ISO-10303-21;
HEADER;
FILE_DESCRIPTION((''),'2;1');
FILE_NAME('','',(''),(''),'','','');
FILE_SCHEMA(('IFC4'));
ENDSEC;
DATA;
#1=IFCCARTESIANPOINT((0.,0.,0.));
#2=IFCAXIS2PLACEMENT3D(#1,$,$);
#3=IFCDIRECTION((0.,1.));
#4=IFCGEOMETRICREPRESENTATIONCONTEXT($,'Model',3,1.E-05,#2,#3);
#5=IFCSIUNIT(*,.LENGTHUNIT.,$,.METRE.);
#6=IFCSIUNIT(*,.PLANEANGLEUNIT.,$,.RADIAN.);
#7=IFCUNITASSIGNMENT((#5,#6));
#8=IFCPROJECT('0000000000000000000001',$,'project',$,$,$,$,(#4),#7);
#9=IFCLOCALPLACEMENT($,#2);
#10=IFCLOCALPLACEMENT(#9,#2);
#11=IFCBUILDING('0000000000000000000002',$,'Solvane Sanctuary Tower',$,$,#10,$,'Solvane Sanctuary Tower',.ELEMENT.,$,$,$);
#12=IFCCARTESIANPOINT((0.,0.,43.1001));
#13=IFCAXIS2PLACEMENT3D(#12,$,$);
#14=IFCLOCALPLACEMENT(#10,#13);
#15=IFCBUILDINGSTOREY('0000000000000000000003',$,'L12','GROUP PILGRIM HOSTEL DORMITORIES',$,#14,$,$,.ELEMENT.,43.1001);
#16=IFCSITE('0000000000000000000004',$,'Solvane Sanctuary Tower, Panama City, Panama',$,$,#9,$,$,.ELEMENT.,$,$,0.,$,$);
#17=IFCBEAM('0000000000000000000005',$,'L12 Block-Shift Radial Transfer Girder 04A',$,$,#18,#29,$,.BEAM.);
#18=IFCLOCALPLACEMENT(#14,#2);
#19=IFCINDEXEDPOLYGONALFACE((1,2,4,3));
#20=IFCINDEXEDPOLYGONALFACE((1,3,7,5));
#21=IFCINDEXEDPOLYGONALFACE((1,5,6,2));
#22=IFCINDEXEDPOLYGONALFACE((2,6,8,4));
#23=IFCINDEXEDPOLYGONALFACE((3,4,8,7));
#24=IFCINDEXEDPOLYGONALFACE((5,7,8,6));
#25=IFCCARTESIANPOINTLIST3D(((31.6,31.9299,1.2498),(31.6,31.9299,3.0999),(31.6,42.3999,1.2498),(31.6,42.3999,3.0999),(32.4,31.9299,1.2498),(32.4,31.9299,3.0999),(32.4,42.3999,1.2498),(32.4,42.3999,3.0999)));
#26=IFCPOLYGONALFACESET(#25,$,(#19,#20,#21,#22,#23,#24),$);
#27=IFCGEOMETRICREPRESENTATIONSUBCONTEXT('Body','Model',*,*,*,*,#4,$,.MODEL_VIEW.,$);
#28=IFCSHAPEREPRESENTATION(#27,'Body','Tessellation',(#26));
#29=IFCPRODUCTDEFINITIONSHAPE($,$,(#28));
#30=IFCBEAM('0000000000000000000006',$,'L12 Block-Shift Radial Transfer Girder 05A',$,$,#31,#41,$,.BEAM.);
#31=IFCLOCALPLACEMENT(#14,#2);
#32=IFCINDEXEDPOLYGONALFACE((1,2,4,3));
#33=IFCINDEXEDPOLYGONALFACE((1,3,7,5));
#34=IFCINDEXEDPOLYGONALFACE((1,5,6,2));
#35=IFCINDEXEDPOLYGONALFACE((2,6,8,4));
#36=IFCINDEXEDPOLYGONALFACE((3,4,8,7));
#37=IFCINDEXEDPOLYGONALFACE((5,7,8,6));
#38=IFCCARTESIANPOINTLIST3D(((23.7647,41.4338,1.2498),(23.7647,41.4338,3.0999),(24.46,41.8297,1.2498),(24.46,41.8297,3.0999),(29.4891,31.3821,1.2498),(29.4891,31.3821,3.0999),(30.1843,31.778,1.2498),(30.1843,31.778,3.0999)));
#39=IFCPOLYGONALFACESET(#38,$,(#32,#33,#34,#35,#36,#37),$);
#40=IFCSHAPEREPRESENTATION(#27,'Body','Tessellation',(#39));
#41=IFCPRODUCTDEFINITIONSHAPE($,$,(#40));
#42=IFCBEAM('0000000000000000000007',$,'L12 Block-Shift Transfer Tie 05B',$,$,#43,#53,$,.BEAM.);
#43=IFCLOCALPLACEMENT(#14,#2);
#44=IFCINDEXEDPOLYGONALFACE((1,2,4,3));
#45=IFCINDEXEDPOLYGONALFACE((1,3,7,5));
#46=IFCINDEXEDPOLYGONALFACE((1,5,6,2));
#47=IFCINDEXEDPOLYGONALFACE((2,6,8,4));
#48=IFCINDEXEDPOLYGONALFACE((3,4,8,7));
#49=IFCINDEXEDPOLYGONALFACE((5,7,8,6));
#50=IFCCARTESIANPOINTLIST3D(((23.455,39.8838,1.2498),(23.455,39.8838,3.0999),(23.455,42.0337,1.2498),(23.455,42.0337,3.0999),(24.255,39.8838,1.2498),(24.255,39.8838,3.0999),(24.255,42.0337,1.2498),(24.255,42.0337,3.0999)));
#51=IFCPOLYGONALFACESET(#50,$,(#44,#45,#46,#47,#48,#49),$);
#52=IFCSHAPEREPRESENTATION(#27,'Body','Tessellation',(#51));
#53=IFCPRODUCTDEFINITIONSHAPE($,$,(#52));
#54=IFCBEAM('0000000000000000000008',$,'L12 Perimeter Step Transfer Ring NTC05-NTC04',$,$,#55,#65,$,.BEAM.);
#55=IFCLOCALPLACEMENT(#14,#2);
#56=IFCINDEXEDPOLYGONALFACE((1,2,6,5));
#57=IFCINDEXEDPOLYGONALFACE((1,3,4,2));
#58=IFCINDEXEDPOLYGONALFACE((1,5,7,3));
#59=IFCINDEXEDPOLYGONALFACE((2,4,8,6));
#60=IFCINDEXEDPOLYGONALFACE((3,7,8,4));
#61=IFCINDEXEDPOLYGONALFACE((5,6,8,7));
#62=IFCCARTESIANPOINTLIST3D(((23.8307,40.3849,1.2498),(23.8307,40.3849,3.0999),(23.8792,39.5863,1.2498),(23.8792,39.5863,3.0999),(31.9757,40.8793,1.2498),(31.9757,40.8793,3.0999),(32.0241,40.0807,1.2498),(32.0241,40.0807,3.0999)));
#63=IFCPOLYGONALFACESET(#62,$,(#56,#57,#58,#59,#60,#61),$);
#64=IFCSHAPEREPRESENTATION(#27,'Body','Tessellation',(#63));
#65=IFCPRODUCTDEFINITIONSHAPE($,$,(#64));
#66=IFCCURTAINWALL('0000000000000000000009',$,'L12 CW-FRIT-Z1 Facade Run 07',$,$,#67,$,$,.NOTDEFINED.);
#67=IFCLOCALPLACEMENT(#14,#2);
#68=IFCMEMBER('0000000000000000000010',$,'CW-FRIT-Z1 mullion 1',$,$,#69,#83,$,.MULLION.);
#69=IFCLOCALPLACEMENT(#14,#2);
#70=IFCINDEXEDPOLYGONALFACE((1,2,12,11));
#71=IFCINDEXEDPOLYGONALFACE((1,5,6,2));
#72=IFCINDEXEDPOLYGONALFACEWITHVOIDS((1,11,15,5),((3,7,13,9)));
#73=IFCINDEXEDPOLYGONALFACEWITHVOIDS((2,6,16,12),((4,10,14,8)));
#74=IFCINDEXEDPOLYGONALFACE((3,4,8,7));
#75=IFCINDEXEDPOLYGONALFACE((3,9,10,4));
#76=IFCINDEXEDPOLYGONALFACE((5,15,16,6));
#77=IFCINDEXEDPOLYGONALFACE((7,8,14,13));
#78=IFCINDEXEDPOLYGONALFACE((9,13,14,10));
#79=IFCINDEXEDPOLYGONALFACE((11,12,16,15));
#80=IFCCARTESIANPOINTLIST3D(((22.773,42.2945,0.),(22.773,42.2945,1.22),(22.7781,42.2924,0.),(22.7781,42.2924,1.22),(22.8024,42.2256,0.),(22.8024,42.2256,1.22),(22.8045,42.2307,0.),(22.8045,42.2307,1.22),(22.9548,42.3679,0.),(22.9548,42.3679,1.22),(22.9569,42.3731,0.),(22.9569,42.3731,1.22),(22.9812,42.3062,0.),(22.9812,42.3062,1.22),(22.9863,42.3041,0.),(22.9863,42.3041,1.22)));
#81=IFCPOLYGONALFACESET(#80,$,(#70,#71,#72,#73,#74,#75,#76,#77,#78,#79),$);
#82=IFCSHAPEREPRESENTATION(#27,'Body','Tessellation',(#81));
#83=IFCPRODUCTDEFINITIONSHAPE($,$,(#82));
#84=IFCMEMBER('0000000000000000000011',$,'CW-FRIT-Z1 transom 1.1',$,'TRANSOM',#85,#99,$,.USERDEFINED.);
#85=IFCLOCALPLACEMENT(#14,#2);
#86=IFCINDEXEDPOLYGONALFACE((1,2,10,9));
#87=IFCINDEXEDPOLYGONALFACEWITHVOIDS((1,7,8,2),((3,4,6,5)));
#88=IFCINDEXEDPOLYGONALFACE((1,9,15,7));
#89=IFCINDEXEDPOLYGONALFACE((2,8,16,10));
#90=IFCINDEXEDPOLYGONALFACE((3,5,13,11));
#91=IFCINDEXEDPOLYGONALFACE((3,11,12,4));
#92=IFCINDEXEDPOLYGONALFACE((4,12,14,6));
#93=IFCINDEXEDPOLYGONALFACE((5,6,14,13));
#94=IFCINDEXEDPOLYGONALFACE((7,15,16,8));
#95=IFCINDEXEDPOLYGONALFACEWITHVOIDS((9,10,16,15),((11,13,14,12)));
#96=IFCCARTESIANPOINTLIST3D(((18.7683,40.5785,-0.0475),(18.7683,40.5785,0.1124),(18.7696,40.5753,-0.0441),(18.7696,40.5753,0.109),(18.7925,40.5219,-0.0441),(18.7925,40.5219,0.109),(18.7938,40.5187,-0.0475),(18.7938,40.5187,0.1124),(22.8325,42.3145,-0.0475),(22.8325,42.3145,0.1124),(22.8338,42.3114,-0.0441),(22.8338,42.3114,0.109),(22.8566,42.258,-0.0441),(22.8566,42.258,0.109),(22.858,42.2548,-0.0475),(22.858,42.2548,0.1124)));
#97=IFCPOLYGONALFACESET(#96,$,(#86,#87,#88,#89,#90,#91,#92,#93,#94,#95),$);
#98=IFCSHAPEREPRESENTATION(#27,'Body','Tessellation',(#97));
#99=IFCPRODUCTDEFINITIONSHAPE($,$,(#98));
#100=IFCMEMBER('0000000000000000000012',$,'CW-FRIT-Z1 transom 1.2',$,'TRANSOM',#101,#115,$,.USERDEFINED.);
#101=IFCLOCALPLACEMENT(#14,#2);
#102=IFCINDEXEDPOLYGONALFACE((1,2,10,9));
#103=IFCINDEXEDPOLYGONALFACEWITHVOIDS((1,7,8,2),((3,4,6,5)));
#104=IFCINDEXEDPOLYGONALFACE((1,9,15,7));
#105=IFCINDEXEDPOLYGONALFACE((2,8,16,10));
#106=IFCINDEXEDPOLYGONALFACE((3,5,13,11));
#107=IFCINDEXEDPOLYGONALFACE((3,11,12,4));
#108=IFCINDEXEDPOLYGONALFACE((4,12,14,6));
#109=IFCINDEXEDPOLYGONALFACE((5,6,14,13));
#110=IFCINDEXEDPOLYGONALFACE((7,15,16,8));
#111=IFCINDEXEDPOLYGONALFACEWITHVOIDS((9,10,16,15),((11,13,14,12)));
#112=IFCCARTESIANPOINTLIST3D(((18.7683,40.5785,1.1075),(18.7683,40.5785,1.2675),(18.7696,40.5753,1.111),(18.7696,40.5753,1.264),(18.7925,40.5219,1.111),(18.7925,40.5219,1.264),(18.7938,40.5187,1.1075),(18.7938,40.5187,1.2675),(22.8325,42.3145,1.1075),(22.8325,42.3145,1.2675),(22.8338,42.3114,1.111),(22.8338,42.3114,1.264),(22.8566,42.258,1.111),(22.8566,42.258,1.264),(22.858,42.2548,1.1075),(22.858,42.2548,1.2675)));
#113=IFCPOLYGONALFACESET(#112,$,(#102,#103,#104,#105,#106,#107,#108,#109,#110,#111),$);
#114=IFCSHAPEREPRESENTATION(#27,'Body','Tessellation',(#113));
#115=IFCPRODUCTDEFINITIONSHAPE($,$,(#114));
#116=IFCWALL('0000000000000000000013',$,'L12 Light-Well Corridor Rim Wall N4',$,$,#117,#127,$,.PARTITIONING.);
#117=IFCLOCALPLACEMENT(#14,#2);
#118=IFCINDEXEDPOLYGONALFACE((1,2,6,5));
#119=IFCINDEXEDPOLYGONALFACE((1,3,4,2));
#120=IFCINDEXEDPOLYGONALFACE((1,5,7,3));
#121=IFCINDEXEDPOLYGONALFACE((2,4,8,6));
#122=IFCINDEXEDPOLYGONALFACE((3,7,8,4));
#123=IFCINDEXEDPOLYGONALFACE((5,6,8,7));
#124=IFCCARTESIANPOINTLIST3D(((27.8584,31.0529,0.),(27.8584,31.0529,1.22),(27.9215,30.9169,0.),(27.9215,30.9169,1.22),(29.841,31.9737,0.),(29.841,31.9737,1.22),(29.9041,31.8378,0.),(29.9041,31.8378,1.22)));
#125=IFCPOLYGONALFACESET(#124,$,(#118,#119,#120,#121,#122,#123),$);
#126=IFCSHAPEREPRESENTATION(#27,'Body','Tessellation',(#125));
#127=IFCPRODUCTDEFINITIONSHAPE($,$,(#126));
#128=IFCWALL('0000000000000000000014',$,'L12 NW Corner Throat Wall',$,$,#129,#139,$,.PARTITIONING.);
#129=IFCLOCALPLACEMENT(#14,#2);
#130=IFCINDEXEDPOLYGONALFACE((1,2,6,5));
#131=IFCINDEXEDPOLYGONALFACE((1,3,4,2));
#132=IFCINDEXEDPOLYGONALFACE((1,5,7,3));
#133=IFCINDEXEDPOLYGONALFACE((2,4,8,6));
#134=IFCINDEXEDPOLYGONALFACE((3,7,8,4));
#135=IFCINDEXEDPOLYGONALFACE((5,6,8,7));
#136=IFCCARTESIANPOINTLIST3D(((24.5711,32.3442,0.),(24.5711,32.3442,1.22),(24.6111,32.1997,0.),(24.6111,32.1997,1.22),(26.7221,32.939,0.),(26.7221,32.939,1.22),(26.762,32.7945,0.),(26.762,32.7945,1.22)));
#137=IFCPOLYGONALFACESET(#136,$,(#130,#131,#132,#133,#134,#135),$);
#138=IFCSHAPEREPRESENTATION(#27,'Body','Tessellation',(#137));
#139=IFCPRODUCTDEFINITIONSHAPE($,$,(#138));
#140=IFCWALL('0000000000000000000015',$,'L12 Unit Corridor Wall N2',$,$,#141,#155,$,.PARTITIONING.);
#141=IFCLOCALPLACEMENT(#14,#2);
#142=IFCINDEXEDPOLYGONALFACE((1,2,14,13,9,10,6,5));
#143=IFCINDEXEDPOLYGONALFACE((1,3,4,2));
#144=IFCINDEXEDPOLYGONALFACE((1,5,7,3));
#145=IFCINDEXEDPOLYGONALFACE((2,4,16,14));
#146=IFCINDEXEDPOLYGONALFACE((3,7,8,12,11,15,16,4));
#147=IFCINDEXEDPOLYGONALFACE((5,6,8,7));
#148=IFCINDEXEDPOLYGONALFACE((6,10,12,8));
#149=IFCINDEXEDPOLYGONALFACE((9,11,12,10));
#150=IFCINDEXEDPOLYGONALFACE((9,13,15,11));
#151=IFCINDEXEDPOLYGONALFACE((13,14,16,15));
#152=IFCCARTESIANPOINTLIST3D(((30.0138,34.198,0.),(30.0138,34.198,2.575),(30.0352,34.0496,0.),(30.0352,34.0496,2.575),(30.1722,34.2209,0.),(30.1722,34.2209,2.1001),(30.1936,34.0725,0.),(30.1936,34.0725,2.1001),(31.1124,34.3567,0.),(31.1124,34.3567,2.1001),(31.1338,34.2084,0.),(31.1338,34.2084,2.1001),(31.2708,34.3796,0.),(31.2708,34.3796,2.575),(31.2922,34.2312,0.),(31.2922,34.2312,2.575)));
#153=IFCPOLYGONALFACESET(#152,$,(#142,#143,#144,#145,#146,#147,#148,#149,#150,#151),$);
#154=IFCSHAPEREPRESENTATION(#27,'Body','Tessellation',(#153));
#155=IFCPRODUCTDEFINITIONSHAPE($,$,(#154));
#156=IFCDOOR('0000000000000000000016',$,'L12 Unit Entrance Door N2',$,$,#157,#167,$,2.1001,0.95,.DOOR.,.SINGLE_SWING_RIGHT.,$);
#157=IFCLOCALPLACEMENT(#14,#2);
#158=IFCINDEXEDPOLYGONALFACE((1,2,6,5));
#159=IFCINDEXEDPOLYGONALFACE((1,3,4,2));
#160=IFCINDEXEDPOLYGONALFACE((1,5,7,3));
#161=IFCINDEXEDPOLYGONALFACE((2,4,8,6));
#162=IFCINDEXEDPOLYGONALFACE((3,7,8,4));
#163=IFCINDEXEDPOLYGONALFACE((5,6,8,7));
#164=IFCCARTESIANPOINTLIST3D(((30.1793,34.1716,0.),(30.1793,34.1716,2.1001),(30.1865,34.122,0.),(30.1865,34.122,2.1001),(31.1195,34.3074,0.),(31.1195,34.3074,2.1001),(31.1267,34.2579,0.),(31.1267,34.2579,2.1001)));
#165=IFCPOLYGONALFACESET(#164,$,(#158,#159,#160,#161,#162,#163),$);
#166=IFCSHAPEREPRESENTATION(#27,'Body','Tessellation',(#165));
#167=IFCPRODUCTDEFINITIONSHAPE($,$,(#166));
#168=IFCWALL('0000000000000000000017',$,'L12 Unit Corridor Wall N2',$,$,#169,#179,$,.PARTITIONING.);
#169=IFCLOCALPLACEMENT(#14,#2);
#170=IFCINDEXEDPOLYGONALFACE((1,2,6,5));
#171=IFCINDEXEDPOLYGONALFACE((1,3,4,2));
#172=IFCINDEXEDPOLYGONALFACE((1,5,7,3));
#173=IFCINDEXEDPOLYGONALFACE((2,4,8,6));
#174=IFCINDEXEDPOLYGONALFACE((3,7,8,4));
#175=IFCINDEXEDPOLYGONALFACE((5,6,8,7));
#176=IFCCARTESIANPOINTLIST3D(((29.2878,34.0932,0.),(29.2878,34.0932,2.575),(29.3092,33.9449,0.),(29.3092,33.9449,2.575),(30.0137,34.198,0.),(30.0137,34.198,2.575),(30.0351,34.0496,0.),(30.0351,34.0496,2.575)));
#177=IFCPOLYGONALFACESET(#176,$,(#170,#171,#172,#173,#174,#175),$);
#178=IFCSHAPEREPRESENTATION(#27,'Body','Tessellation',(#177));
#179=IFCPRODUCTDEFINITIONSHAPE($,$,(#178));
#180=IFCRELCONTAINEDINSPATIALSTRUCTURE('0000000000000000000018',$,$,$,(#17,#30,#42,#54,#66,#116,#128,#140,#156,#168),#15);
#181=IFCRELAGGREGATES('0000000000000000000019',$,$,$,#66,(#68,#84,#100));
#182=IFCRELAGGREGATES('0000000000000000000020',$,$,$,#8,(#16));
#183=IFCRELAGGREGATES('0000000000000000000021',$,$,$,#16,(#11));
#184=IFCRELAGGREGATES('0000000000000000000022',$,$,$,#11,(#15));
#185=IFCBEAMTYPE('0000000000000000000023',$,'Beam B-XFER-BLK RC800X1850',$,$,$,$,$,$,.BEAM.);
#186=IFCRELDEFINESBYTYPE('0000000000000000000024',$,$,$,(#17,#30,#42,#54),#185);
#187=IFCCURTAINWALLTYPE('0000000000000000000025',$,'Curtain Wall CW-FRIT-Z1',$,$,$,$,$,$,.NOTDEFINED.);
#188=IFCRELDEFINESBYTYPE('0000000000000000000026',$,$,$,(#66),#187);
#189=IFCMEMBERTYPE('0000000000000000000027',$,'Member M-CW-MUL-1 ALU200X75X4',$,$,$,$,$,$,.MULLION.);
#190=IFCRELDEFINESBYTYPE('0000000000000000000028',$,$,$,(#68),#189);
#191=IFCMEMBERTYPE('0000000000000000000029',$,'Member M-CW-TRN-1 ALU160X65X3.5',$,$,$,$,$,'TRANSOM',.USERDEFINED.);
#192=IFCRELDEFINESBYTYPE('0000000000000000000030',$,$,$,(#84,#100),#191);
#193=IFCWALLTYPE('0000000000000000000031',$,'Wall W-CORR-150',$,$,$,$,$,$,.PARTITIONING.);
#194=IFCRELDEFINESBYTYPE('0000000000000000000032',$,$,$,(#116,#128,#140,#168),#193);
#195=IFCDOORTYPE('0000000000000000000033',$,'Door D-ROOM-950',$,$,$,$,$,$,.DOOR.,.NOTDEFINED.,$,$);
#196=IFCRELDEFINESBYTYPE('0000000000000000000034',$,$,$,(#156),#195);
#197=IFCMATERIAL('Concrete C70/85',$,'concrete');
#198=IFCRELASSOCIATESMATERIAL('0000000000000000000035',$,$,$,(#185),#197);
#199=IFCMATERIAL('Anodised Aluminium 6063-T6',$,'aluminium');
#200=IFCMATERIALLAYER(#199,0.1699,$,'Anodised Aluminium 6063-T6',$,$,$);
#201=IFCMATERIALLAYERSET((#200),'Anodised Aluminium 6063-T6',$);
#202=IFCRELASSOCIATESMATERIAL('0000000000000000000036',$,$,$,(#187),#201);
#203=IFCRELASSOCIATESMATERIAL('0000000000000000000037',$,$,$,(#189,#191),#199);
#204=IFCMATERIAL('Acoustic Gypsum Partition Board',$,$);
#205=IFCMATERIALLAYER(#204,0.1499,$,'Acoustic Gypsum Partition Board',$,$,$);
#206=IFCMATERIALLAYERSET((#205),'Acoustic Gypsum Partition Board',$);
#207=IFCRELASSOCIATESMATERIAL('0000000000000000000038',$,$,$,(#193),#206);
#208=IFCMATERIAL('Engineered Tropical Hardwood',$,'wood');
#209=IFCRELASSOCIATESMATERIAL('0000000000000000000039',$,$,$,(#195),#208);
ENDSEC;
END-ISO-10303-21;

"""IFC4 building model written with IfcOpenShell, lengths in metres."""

from ifc_helpers import new_model, si_unit, direction, frame, frame_2d, origin, origin_2d, place, context, subcontext, project, spatial, rectangle, hollow_rectangle, extrude, material, layer, layer_set, material_profile, profile_set, type_object, element, fill, aggregate, save


model = new_model("IFC4")

# Units and contexts
model_context = context("Model", 3, precision=1e-05, world=origin(), true_north=direction((0.0, 1.0)))
body_context = subcontext(model_context, "Body", "Model", "MODEL_VIEW")
ifc_project = project(units=[si_unit("LENGTHUNIT", "METRE"), si_unit("PLANEANGLEUNIT", "RADIAN")], contexts=[model_context])

# Site, building, storey
site_placement = place(None, origin())
site = spatial("IfcSite", under=ifc_project, at=site_placement, Name="Solvane Sanctuary Tower, Panama City, Panama", CompositionType="ELEMENT", RefElevation=0.0)
building_placement = place(site_placement, origin())
building = spatial("IfcBuilding", under=site, at=building_placement, Name="Solvane Sanctuary Tower", LongName="Solvane Sanctuary Tower", CompositionType="ELEMENT")
storey_placement = place(building_placement, frame((0.0, 0.0, 43.1001)))
storey = spatial("IfcBuildingStorey", under=building, at=storey_placement, Name="L12", Description="GROUP PILGRIM HOSTEL DORMITORIES", CompositionType="ELEMENT", Elevation=43.1001)

# Shared definitions
ifc_material_1 = material(Name="Concrete C70/85", Category="concrete")

# Beams
ifc_material_profile_1 = material_profile(ifc_material_1, rectangle(XDim=0.8, YDim=1.8501, at=origin_2d()), Name="RC800X1850")
ifc_profile_set_1 = profile_set([ifc_material_profile_1], Name="Concrete C70/85")
beam_type_1 = type_object("IfcBeamType", Name="Beam B-XFER-BLK RC800X1850", PredefinedType="BEAM", material=ifc_profile_set_1)
beam_1_placement = place(storey_placement, frame((32.0, 31.9299, 2.1748), z_axis=(0.0, 1.0, 0.0), x_axis=(-1.0, 0.0, 0.0)))
element("IfcBeam", 1, at=beam_1_placement, inside=storey, type_object=beam_type_1, Name="L12 Block-Shift Radial Transfer Girder 04A", PredefinedType="BEAM", context=body_context, shape_type="SweptSolid", body=[
    extrude(rectangle(XDim=0.8, YDim=1.8501, at=origin_2d()), origin(), (0.0, 0.0, 1.0), 10.47),
])
beam_2_placement = place(storey_placement, frame((29.8367, 31.5801, 2.1748), z_axis=(-0.494868, 0.868968, 0.0), x_axis=(-0.868968, -0.494868, 0.0)))
element("IfcBeam", 2, at=beam_2_placement, inside=storey, type_object=beam_type_1, Name="L12 Block-Shift Radial Transfer Girder 05A", PredefinedType="BEAM", context=body_context, shape_type="SweptSolid", body=[
    extrude(rectangle(XDim=0.8, YDim=1.8501, at=origin_2d()), origin(), (0.0, 0.0, 1.0), 11.5674),
])
beam_3_placement = place(storey_placement, frame((23.855, 42.0337, 2.1748), z_axis=(0.0, -1.0, 0.0), x_axis=(1.0, 0.0, 0.0)))
element("IfcBeam", 3, at=beam_3_placement, inside=storey, type_object=beam_type_1, Name="L12 Block-Shift Transfer Tie 05B", PredefinedType="BEAM", context=body_context, shape_type="SweptSolid", body=[
    extrude(rectangle(XDim=0.8, YDim=1.8501, at=origin_2d()), origin(), (0.0, 0.0, 1.0), 2.1499),
])
beam_4_placement = place(storey_placement, frame((23.855, 39.9856, 2.1748), z_axis=(0.998163, 0.060586, 0.0), x_axis=(-0.060586, 0.998163, 0.0)))
element("IfcBeam", 4, at=beam_4_placement, inside=storey, type_object=beam_type_1, Name="L12 Perimeter Step Transfer Ring NTC05-NTC04", PredefinedType="BEAM", context=body_context, shape_type="SweptSolid", body=[
    extrude(rectangle(XDim=0.8, YDim=1.8501, at=origin_2d()), origin(), (0.0, 0.0, 1.0), 8.1599),
])

# Curtain wall, members
ifc_material_2 = material(Name="Anodised Aluminium 6063-T6", Category="aluminium")
ifc_layer_1 = layer(ifc_material_2, 0.1699, Name="Anodised Aluminium 6063-T6")
ifc_layer_set_1 = layer_set([ifc_layer_1], Name="Anodised Aluminium 6063-T6")
curtain_wall_type = type_object("IfcCurtainWallType", Name="Curtain Wall CW-FRIT-Z1", PredefinedType="NOTDEFINED", material=ifc_layer_set_1)
curtain_wall_placement = place(storey_placement, origin())
curtain_wall = element("IfcCurtainWall", 5, at=curtain_wall_placement, inside=storey, type_object=curtain_wall_type, Name="L12 CW-FRIT-Z1 Facade Run 07", PredefinedType="NOTDEFINED")
ifc_material_profile_2 = material_profile(ifc_material_2, hollow_rectangle(XDim=0.075, YDim=0.2, WallThickness=0.0039, at=origin_2d()), Name="ALU200X75X4")
ifc_profile_set_2 = profile_set([ifc_material_profile_2], Name="Anodised Aluminium 6063-T6")
member_type_1 = type_object("IfcMemberType", Name="Member M-CW-MUL-1 ALU200X75X4", PredefinedType="MULLION", material=ifc_profile_set_2)
member_1_placement = place(storey_placement, frame((22.8796, 42.2993, 0.0), z_axis=(0.0, 0.0, 1.0), x_axis=(0.39282, -0.919615, 0.0)))
member_1 = element("IfcMember", 6, at=member_1_placement, type_object=member_type_1, Name="CW-FRIT-Z1 mullion 1", PredefinedType="MULLION", context=body_context, shape_type="SweptSolid", body=[
    extrude(hollow_rectangle(XDim=0.075, YDim=0.2, WallThickness=0.0039, at=origin_2d()), origin(), (0.0, 0.0, 1.0), 1.22),
])
ifc_material_profile_3 = material_profile(ifc_material_2, hollow_rectangle(XDim=0.0649, YDim=0.1599, WallThickness=0.0034, at=origin_2d()), Name="ALU160X65X3.5")
ifc_profile_set_3 = profile_set([ifc_material_profile_3], Name="Anodised Aluminium 6063-T6")
member_type_2 = type_object("IfcMemberType", Name="Member M-CW-TRN-1 ALU160X65X3.5", ElementType="TRANSOM", PredefinedType="USERDEFINED", material=ifc_profile_set_3)
member_2_placement = place(storey_placement, frame((22.8452, 42.2847, 0.0325), z_axis=(-0.919613, -0.392826, 0.0), x_axis=(0.392826, -0.919613, 0.0)))
member_2 = element("IfcMember", 7, at=member_2_placement, type_object=member_type_2, Name="CW-FRIT-Z1 transom 1.1", ObjectType="TRANSOM", PredefinedType="USERDEFINED", context=body_context, shape_type="SweptSolid", body=[
    extrude(hollow_rectangle(XDim=0.0649, YDim=0.1599, WallThickness=0.0034, at=origin_2d()), origin(), (0.0, 0.0, 1.0), 4.4194),
])
member_3_placement = place(storey_placement, frame((22.8452, 42.2847, 1.1875), z_axis=(-0.919613, -0.392826, 0.0), x_axis=(0.392826, -0.919613, 0.0)))
member_3 = element("IfcMember", 8, at=member_3_placement, type_object=member_type_2, Name="CW-FRIT-Z1 transom 1.2", ObjectType="TRANSOM", PredefinedType="USERDEFINED", context=body_context, shape_type="SweptSolid", body=[
    extrude(hollow_rectangle(XDim=0.0649, YDim=0.1599, WallThickness=0.0034, at=origin_2d()), origin(), (0.0, 0.0, 1.0), 4.4194),
])
aggregate(curtain_wall, [member_1, member_2, member_3])

# Walls
ifc_material_3 = material(Name="Acoustic Gypsum Partition Board")
ifc_layer_2 = layer(ifc_material_3, 0.1499, Name="Acoustic Gypsum Partition Board")
ifc_layer_set_2 = layer_set([ifc_layer_2], Name="Acoustic Gypsum Partition Board")
wall_type_1 = type_object("IfcWallType", Name="Wall W-CORR-150", PredefinedType="PARTITIONING", material=ifc_layer_set_2)
wall_1_placement = place(storey_placement, frame((29.8726, 31.9058, 0.0), z_axis=(0.0, 0.0, 1.0), x_axis=(-0.906943, -0.421252, 0.0)))
element("IfcWall", 9, at=wall_1_placement, inside=storey, type_object=wall_type_1, Name="L12 Light-Well Corridor Rim Wall N4", PredefinedType="PARTITIONING", context=body_context, shape_type="SweptSolid", body=[
    extrude(rectangle(XDim=2.186, YDim=0.1499, at=frame_2d((1.093, 0.0))), origin(), (0.0, 0.0, 1.0), 1.22),
])
wall_2_placement = place(storey_placement, frame((26.7419, 32.8667, 0.0), z_axis=(0.0, 0.0, 1.0), x_axis=(-0.963834, -0.266504, 0.0)))
element("IfcWall", 10, at=wall_2_placement, inside=storey, type_object=wall_type_1, Name="L12 NW Corner Throat Wall", PredefinedType="PARTITIONING", context=body_context, shape_type="SweptSolid", body=[
    extrude(rectangle(XDim=2.2317, YDim=0.1499, at=frame_2d((1.1157, 0.0))), origin(), (0.0, 0.0, 1.0), 1.22),
])

# Wall, opening, door
wall_3_placement = place(storey_placement, frame((31.2815, 34.3054, 0.0), z_axis=(0.0, 0.0, 1.0), x_axis=(-0.989721, -0.143009, 0.0)))
wall_3 = element("IfcWall", 11, at=wall_3_placement, inside=storey, type_object=wall_type_1, Name="L12 Unit Corridor Wall N2", PredefinedType="PARTITIONING", context=body_context, shape_type="SweptSolid", body=[
    extrude(rectangle(XDim=1.27, YDim=0.1499, at=frame_2d((0.635, 0.0))), origin(), (0.0, 0.0, 1.0), 2.575),
])
opening_1_placement = place(wall_3_placement, frame((0.1599, 0.0, 0.0)))
opening_1 = element("IfcOpeningElement", 12, at=opening_1_placement, cuts=wall_3, PredefinedType="OPENING", context=body_context, shape_type="SweptSolid", body=[
    extrude(rectangle(XDim=0.95, YDim=2.1001, at=frame_2d((0.4751, 1.05))), frame((0.0, 0.085, 0.0), z_axis=(0.0, -1.0, 0.0), x_axis=(1.0, 0.0, 0.0)), (0.0, 0.0, 1.0), 0.1699),
])
ifc_material_4 = material(Name="Engineered Tropical Hardwood", Category="wood")
door_type = type_object("IfcDoorType", Name="Door D-ROOM-950", OperationType="NOTDEFINED", PredefinedType="DOOR", material=ifc_material_4)
door_1_placement = place(opening_1_placement, origin())
door_1 = element("IfcDoor", 13, at=door_1_placement, inside=storey, type_object=door_type, Name="L12 Unit Entrance Door N2", OperationType="SINGLE_SWING_RIGHT", OverallHeight=2.1001, OverallWidth=0.95, PredefinedType="DOOR", context=body_context, shape_type="SweptSolid", body=[
    extrude(rectangle(XDim=0.95, YDim=2.1001, at=frame_2d((0.4751, 1.05))), frame((0.0, 0.0249, 0.0), z_axis=(0.0, -1.0, 0.0), x_axis=(1.0, 0.0, 0.0)), (0.0, 0.0, 1.0), 0.05),
])
fill(opening_1, door_1)

# Wall
wall_4_placement = place(storey_placement, frame((30.0244, 34.1238, 0.0), z_axis=(0.0, 0.0, 1.0), x_axis=(-0.989749, -0.142819, 0.0)))
element("IfcWall", 14, at=wall_4_placement, inside=storey, type_object=wall_type_1, Name="L12 Unit Corridor Wall N2", PredefinedType="PARTITIONING", context=body_context, shape_type="SweptSolid", body=[
    extrude(rectangle(XDim=0.7334, YDim=0.1499, at=frame_2d((0.3667, 0.0))), origin(), (0.0, 0.0, 1.0), 2.575),
])

save(model, "model.ifc")
